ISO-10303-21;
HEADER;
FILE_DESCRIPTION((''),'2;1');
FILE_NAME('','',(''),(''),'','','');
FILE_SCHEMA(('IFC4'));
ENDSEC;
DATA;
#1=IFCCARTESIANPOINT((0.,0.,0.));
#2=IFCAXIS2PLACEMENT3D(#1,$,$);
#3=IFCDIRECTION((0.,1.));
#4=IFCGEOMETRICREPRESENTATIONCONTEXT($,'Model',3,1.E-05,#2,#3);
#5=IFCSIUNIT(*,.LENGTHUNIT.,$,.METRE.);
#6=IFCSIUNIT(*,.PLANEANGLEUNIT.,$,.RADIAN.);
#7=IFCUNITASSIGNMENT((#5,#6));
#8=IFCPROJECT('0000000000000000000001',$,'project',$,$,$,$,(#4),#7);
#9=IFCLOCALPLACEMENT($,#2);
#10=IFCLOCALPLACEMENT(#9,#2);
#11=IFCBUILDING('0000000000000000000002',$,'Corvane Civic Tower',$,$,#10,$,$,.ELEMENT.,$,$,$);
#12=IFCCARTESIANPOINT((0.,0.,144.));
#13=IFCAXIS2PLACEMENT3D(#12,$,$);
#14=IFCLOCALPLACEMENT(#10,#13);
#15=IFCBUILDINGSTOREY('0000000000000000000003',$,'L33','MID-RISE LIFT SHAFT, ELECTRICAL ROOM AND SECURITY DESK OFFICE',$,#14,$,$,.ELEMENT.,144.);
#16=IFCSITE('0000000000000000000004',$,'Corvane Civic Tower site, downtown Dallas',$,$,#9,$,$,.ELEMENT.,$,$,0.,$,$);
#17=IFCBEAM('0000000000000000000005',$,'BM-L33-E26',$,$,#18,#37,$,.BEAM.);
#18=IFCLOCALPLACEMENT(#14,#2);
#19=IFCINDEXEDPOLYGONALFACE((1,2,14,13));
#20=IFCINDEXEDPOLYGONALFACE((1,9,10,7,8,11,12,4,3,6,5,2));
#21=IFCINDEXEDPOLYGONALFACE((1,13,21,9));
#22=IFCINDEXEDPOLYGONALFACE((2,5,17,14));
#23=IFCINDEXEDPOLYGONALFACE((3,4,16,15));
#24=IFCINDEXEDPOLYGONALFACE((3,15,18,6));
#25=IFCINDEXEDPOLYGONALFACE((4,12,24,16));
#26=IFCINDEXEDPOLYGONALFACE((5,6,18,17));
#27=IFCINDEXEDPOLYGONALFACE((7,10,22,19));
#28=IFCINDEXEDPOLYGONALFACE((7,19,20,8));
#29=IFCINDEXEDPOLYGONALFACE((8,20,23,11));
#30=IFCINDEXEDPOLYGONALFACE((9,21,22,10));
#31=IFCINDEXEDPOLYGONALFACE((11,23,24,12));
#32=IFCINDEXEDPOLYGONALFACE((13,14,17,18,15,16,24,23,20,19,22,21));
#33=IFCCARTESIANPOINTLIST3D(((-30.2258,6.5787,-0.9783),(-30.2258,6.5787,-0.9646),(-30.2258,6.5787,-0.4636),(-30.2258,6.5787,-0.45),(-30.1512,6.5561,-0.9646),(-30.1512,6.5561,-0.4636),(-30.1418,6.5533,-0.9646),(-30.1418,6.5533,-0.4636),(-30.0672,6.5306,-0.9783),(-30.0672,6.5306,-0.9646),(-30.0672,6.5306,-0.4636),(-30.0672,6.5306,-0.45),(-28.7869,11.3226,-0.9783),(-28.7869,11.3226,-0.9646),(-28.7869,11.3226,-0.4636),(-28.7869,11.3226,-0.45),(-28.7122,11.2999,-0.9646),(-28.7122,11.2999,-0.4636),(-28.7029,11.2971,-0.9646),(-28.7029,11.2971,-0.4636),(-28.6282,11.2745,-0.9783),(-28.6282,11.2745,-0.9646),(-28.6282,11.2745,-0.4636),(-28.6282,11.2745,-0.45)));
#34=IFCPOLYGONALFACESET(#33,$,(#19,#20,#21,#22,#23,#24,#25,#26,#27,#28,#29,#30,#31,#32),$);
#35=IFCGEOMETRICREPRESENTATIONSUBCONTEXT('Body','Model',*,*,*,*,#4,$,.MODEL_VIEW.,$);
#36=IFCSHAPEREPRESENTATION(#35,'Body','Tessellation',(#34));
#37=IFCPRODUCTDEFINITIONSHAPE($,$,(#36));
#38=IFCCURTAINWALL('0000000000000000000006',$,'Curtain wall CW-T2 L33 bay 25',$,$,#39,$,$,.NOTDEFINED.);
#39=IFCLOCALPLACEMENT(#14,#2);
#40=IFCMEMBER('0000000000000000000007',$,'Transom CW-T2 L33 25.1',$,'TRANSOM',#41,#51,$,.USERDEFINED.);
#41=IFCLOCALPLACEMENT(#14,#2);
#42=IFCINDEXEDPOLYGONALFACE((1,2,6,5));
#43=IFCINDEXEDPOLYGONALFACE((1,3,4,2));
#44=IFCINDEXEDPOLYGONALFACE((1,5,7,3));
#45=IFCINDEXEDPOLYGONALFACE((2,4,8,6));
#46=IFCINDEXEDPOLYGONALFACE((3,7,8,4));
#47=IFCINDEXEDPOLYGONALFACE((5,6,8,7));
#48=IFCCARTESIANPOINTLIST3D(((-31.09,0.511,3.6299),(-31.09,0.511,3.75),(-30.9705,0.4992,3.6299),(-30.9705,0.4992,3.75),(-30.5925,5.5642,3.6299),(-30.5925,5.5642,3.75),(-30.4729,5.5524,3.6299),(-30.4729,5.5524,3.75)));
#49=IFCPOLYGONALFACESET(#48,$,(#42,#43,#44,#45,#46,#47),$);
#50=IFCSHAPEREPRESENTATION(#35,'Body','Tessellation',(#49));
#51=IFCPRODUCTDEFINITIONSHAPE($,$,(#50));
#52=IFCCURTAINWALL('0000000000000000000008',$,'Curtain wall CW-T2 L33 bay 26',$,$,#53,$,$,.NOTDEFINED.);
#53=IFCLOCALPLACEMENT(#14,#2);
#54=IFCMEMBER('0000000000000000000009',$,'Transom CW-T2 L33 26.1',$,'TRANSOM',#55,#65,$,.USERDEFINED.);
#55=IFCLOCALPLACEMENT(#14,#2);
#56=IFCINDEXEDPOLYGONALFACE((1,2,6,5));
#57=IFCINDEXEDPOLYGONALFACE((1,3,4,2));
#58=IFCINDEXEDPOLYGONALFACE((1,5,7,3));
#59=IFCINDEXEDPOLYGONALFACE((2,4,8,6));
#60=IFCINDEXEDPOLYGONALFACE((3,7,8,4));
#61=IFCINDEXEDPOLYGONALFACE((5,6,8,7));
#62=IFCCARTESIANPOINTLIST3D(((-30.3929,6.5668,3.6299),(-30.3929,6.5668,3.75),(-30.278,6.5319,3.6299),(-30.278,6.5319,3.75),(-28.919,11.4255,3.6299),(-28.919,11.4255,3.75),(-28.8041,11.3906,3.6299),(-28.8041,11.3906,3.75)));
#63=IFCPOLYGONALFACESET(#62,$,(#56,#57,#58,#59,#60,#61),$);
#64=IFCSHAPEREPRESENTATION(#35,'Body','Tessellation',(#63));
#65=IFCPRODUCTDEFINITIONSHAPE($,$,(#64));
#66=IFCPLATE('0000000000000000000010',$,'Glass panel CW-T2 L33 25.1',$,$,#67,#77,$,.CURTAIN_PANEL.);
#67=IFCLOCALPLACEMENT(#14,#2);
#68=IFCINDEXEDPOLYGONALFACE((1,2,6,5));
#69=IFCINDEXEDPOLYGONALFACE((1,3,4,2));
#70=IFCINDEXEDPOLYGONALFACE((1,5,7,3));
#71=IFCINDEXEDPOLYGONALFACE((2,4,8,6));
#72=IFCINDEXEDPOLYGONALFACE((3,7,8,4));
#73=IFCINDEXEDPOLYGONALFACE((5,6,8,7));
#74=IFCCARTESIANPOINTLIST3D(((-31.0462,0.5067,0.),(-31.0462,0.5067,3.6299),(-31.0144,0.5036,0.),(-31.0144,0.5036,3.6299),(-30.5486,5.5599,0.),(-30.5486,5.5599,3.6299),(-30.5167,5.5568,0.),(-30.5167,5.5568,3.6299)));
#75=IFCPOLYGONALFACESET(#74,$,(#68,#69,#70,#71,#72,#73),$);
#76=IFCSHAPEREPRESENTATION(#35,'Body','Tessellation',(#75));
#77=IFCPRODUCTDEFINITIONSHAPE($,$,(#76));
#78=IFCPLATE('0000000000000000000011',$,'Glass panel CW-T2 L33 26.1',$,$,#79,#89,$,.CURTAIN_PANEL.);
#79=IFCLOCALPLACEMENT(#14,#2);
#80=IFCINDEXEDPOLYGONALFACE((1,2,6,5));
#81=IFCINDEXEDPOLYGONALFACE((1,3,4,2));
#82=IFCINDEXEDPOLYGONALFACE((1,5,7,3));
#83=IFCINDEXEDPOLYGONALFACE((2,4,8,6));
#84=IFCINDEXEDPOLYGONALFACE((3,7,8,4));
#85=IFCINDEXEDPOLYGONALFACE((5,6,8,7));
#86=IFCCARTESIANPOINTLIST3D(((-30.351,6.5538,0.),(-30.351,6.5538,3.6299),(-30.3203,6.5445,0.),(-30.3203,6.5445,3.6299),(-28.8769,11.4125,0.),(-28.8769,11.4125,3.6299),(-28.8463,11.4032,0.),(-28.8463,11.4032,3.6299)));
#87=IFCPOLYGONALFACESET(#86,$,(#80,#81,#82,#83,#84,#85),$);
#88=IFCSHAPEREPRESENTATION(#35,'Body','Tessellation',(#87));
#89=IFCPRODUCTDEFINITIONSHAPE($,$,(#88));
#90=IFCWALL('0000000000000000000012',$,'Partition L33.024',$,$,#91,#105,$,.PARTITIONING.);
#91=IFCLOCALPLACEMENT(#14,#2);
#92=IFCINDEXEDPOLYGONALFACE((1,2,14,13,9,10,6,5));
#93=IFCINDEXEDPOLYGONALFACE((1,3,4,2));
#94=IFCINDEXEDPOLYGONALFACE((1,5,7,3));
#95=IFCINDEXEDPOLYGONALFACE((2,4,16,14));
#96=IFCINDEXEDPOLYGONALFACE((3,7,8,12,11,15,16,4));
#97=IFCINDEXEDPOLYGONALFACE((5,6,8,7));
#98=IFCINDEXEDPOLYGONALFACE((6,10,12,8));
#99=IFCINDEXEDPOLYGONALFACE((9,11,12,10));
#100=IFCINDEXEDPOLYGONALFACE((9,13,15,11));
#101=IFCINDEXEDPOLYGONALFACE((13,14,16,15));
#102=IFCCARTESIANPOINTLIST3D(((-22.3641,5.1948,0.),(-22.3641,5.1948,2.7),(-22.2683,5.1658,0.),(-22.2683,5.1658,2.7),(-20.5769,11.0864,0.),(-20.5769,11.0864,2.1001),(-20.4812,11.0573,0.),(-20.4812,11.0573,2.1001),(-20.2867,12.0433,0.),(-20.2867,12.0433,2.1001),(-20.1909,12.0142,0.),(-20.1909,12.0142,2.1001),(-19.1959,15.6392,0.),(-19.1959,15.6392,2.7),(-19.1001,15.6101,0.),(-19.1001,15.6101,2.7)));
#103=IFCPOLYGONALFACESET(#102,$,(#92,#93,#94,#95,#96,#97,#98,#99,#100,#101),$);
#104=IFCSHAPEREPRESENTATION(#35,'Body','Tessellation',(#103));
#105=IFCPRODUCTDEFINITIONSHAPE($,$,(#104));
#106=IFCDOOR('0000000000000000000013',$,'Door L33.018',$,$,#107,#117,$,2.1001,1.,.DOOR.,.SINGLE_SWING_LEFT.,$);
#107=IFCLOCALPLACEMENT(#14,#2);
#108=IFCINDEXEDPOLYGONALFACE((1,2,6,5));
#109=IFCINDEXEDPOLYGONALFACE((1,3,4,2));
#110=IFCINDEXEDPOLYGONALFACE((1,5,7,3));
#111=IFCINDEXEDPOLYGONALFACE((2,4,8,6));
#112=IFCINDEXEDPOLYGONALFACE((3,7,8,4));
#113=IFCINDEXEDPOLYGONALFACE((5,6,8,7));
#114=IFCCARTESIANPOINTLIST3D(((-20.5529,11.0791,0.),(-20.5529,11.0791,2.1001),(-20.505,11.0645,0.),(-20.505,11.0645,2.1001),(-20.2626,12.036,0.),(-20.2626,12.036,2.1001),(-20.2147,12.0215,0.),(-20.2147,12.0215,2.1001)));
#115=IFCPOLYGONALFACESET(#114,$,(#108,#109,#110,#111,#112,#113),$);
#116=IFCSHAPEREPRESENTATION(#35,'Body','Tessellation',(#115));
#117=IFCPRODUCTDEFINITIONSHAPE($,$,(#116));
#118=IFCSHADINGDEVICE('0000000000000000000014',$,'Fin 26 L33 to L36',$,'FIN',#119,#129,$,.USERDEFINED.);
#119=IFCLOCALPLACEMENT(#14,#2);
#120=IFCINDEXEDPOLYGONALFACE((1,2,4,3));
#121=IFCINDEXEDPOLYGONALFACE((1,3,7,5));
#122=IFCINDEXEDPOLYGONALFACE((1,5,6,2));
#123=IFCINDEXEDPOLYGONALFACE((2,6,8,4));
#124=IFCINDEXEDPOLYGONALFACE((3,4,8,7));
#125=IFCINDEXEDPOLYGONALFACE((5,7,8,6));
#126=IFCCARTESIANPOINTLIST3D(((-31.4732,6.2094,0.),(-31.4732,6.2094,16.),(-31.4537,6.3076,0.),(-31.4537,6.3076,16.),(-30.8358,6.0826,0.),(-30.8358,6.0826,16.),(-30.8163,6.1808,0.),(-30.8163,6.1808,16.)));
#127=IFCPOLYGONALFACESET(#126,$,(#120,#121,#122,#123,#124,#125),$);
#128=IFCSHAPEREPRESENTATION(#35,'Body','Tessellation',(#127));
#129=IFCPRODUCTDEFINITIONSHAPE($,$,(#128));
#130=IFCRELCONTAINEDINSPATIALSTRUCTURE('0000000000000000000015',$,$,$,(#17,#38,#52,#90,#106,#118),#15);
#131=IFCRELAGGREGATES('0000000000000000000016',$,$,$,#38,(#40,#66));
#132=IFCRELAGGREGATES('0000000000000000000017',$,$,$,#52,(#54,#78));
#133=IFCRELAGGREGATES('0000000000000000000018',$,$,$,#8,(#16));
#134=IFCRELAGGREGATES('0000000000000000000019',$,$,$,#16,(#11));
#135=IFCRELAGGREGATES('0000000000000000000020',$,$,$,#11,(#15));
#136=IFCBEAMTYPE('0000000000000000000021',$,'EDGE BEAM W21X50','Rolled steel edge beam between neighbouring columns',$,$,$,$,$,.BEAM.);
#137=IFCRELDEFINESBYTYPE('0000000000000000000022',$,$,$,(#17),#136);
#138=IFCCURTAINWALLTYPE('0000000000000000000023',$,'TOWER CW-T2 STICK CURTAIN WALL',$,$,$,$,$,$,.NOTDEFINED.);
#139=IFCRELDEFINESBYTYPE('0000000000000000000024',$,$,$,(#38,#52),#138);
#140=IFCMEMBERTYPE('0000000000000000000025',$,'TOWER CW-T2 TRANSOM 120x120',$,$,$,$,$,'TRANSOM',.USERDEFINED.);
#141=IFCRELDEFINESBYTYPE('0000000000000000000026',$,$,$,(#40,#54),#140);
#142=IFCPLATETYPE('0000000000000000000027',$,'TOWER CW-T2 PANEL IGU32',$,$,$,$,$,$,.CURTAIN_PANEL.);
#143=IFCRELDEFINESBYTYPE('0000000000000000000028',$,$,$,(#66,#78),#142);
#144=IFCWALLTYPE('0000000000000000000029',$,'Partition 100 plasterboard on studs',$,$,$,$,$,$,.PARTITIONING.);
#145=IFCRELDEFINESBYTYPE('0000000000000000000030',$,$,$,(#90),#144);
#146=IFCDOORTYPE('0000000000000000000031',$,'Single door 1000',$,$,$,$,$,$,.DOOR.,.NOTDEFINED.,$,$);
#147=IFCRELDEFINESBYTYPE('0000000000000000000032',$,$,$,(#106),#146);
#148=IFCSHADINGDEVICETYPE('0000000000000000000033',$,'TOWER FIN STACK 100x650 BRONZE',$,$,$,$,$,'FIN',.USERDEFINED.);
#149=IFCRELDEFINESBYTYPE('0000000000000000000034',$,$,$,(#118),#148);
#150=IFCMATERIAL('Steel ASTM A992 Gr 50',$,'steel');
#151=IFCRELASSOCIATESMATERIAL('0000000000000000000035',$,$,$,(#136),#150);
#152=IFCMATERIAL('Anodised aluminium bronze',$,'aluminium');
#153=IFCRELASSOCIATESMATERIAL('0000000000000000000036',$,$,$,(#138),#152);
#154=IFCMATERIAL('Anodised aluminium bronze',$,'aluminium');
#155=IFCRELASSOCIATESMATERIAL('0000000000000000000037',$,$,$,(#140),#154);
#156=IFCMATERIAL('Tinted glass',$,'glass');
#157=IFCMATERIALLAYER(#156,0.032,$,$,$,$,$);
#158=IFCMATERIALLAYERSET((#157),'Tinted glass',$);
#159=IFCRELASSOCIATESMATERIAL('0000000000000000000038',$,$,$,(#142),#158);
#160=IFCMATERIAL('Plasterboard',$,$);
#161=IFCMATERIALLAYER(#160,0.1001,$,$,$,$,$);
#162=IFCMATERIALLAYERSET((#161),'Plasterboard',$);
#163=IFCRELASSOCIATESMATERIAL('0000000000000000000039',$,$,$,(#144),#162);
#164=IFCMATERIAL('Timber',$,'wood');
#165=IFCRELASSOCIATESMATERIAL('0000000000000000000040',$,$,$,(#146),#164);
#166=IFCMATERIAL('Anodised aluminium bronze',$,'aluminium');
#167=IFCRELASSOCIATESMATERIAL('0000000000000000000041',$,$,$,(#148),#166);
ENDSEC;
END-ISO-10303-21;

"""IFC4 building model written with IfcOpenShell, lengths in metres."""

from ifc_helpers import new_model, si_unit, direction, frame, frame_2d, origin, origin_2d, place, context, subcontext, project, spatial, rectangle, i_section, extrude, material, layer, layer_set, material_profile, profile_set, type_object, element, fill, aggregate, save


model = new_model("IFC4")

# Units and contexts
model_context = context("Model", 3, precision=1e-05, world=origin(), true_north=direction((0.0, 1.0)))
body_context = subcontext(model_context, "Body", "Model", "MODEL_VIEW")
ifc_project = project(units=[si_unit("LENGTHUNIT", "METRE"), si_unit("PLANEANGLEUNIT", "RADIAN")], contexts=[model_context])

# Site, building, storey
site_placement = place(None, origin())
site = spatial("IfcSite", under=ifc_project, at=site_placement, Name="Corvane Civic Tower site, downtown Dallas", CompositionType="ELEMENT", RefElevation=0.0)
building_placement = place(site_placement, origin())
building = spatial("IfcBuilding", under=site, at=building_placement, Name="Corvane Civic Tower", CompositionType="ELEMENT")
storey_placement = place(building_placement, frame((0.0, 0.0, 144.0)))
storey = spatial("IfcBuildingStorey", under=building, at=storey_placement, Name="L33", Description="MID-RISE LIFT SHAFT, ELECTRICAL ROOM AND SECURITY DESK OFFICE", CompositionType="ELEMENT", Elevation=144.0)

# Beam
ifc_material_1 = material(Name="Steel ASTM A992 Gr 50", Category="steel")
ifc_material_profile_1 = material_profile(ifc_material_1, i_section(OverallWidth=0.1658, OverallDepth=0.5283, WebThickness=0.0098, FlangeThickness=0.0137, at=origin_2d()), Name="W21X50")
ifc_profile_set_1 = profile_set([ifc_material_profile_1], Name="Steel ASTM A992 Gr 50")
beam_type = type_object("IfcBeamType", Name="EDGE BEAM W21X50", Description="Rolled steel edge beam between neighbouring columns", PredefinedType="BEAM", material=ifc_profile_set_1)
beam_1_placement = place(storey_placement, frame((-30.1465, 6.5547, -0.7141), z_axis=(0.29027, 0.956945, 0.0), x_axis=(-0.956945, 0.29027, 0.0)))
element("IfcBeam", 1, at=beam_1_placement, inside=storey, type_object=beam_type, Name="BM-L33-E26", PredefinedType="BEAM", context=body_context, shape_type="SweptSolid", body=[
    extrude(i_section(OverallWidth=0.1658, OverallDepth=0.5283, WebThickness=0.0098, FlangeThickness=0.0137, at=origin_2d()), origin(), (0.0, 0.0, 1.0), 4.9573),
])

# Curtain walls, members
ifc_material_2 = material(Name="Anodised aluminium bronze", Category="aluminium")
curtain_wall_type = type_object("IfcCurtainWallType", Name="TOWER CW-T2 STICK CURTAIN WALL", PredefinedType="NOTDEFINED", material=ifc_material_2)
curtain_wall_1_placement = place(storey_placement, origin())
curtain_wall_1 = element("IfcCurtainWall", 2, at=curtain_wall_1_placement, inside=storey, type_object=curtain_wall_type, Name="Curtain wall CW-T2 L33 bay 25", PredefinedType="NOTDEFINED")
ifc_material_3 = material(Name="Anodised aluminium bronze", Category="aluminium")
ifc_material_profile_2 = material_profile(ifc_material_3, rectangle(XDim=0.1201, YDim=0.1201, at=origin_2d()), Name="TOWER CW-T2 TRANSOM 120x120")
ifc_profile_set_2 = profile_set([ifc_material_profile_2], Name="Anodised aluminium bronze")
member_type = type_object("IfcMemberType", Name="TOWER CW-T2 TRANSOM 120x120", ElementType="TRANSOM", PredefinedType="USERDEFINED", material=ifc_profile_set_2)
member_1_placement = place(storey_placement, frame((-31.0303, 0.5051, 3.6899), z_axis=(0.09799, 0.995187, 0.0), x_axis=(-0.995187, 0.09799, 0.0)))
member_1 = element("IfcMember", 3, at=member_1_placement, type_object=member_type, Name="Transom CW-T2 L33 25.1", ObjectType="TRANSOM", PredefinedType="USERDEFINED", context=body_context, shape_type="SweptSolid", body=[
    extrude(rectangle(XDim=0.1201, YDim=0.1201, at=origin_2d()), origin(), (0.0, 0.0, 1.0), 5.0776),
])
curtain_wall_2_placement = place(storey_placement, origin())
curtain_wall_2 = element("IfcCurtainWall", 4, at=curtain_wall_2_placement, inside=storey, type_object=curtain_wall_type, Name="Curtain wall CW-T2 L33 bay 26", PredefinedType="NOTDEFINED")
member_2_placement = place(storey_placement, frame((-30.3354, 6.5493, 3.6899), z_axis=(0.290289, 0.956939, 0.0), x_axis=(-0.956939, 0.290289, 0.0)))
member_2 = element("IfcMember", 5, at=member_2_placement, type_object=member_type, Name="Transom CW-T2 L33 26.1", ObjectType="TRANSOM", PredefinedType="USERDEFINED", context=body_context, shape_type="SweptSolid", body=[
    extrude(rectangle(XDim=0.1201, YDim=0.1201, at=origin_2d()), origin(), (0.0, 0.0, 1.0), 5.0774),
])

# Plates
ifc_material_4 = material(Name="Tinted glass", Category="glass")
ifc_layer_1 = layer(ifc_material_4, 0.032)
ifc_layer_set_1 = layer_set([ifc_layer_1], Name="Tinted glass")
plate_type = type_object("IfcPlateType", Name="TOWER CW-T2 PANEL IGU32", PredefinedType="CURTAIN_PANEL", material=ifc_layer_set_1)
plate_1_placement = place(storey_placement, frame((-30.7815, 3.0317, 0.0), z_axis=(0.0, 0.0, 1.0), x_axis=(0.098012, 0.995185, 0.0)))
plate_1 = element("IfcPlate", 6, at=plate_1_placement, type_object=plate_type, Name="Glass panel CW-T2 L33 25.1", PredefinedType="CURTAIN_PANEL", context=body_context, shape_type="SweptSolid", body=[
    extrude(rectangle(XDim=5.0776, YDim=0.032, at=origin_2d()), origin(), (0.0, 0.0, 1.0), 3.6299),
])
aggregate(curtain_wall_1, [member_1, plate_1])
plate_2_placement = place(storey_placement, frame((-29.5986, 8.9785, 0.0), z_axis=(0.0, 0.0, 1.0), x_axis=(0.290313, 0.956932, 0.0)))
plate_2 = element("IfcPlate", 7, at=plate_2_placement, type_object=plate_type, Name="Glass panel CW-T2 L33 26.1", PredefinedType="CURTAIN_PANEL", context=body_context, shape_type="SweptSolid", body=[
    extrude(rectangle(XDim=5.0774, YDim=0.032, at=origin_2d()), origin(), (0.0, 0.0, 1.0), 3.6299),
])
aggregate(curtain_wall_2, [member_2, plate_2])

# Wall, opening, door
ifc_material_5 = material(Name="Plasterboard")
ifc_layer_2 = layer(ifc_material_5, 0.1001)
ifc_layer_set_2 = layer_set([ifc_layer_2], Name="Plasterboard")
wall_type = type_object("IfcWallType", Name="Partition 100 plasterboard on studs", PredefinedType="PARTITIONING", material=ifc_layer_set_2)
wall_placement = place(storey_placement, frame((-22.3162, 5.1804, 0.0), z_axis=(0.0, 0.0, 1.0), x_axis=(0.290281, 0.956941, 0.0)))
wall = element("IfcWall", 8, at=wall_placement, inside=storey, type_object=wall_type, Name="Partition L33.024", PredefinedType="PARTITIONING", context=body_context, shape_type="SweptSolid", body=[
    extrude(rectangle(XDim=10.9143, YDim=0.1001, at=frame_2d((5.457, 0.0))), origin(), (0.0, 0.0, 1.0), 2.7),
])
opening_placement = place(wall_placement, frame((6.1565, 0.0, 0.0)))
opening = element("IfcOpeningElement", 9, at=opening_placement, cuts=wall, PredefinedType="OPENING", context=body_context, shape_type="SweptSolid", body=[
    extrude(rectangle(XDim=1.0, YDim=2.1001, at=frame_2d((0.5, 1.05))), frame((0.0, 0.0601, 0.0), z_axis=(0.0, -1.0, 0.0), x_axis=(1.0, 0.0, 0.0)), (0.0, 0.0, 1.0), 0.1201),
])
ifc_material_6 = material(Name="Timber", Category="wood")
door_type = type_object("IfcDoorType", Name="Single door 1000", OperationType="NOTDEFINED", PredefinedType="DOOR", material=ifc_material_6)
door_placement = place(opening_placement, origin())
door = element("IfcDoor", 10, at=door_placement, inside=storey, type_object=door_type, Name="Door L33.018", OperationType="SINGLE_SWING_LEFT", OverallHeight=2.1001, OverallWidth=1.0, PredefinedType="DOOR", context=body_context, shape_type="SweptSolid", body=[
    extrude(rectangle(XDim=1.0, YDim=2.1001, at=frame_2d((0.5, 1.05))), frame((0.0, 0.0249, 0.0), z_axis=(0.0, -1.0, 0.0), x_axis=(1.0, 0.0, 0.0)), (0.0, 0.0, 1.0), 0.05),
])
fill(opening, door)

# Shading device
ifc_material_7 = material(Name="Anodised aluminium bronze", Category="aluminium")
ifc_material_profile_3 = material_profile(ifc_material_7, rectangle(XDim=0.1001, YDim=0.6499, at=origin_2d()), Name="TOWER FIN STACK 100x650 BRONZE")
ifc_profile_set_3 = profile_set([ifc_material_profile_3], Name="Anodised aluminium bronze")
shading_device_type = type_object("IfcShadingDeviceType", Name="TOWER FIN STACK 100x650 BRONZE", ElementType="FIN", PredefinedType="USERDEFINED", material=ifc_profile_set_3)
shading_device_placement = place(storey_placement, frame((-31.1448, 6.1951, 0.0), z_axis=(0.0, 0.0, 1.0), x_axis=(0.19509, 0.980785, 0.0)))
element("IfcShadingDevice", 11, at=shading_device_placement, inside=storey, type_object=shading_device_type, Name="Fin 26 L33 to L36", ObjectType="FIN", PredefinedType="USERDEFINED", context=body_context, shape_type="SweptSolid", body=[
    extrude(rectangle(XDim=0.1001, YDim=0.6499, at=origin_2d()), origin(), (0.0, 0.0, 1.0), 16.0),
])

save(model, "model.ifc")
